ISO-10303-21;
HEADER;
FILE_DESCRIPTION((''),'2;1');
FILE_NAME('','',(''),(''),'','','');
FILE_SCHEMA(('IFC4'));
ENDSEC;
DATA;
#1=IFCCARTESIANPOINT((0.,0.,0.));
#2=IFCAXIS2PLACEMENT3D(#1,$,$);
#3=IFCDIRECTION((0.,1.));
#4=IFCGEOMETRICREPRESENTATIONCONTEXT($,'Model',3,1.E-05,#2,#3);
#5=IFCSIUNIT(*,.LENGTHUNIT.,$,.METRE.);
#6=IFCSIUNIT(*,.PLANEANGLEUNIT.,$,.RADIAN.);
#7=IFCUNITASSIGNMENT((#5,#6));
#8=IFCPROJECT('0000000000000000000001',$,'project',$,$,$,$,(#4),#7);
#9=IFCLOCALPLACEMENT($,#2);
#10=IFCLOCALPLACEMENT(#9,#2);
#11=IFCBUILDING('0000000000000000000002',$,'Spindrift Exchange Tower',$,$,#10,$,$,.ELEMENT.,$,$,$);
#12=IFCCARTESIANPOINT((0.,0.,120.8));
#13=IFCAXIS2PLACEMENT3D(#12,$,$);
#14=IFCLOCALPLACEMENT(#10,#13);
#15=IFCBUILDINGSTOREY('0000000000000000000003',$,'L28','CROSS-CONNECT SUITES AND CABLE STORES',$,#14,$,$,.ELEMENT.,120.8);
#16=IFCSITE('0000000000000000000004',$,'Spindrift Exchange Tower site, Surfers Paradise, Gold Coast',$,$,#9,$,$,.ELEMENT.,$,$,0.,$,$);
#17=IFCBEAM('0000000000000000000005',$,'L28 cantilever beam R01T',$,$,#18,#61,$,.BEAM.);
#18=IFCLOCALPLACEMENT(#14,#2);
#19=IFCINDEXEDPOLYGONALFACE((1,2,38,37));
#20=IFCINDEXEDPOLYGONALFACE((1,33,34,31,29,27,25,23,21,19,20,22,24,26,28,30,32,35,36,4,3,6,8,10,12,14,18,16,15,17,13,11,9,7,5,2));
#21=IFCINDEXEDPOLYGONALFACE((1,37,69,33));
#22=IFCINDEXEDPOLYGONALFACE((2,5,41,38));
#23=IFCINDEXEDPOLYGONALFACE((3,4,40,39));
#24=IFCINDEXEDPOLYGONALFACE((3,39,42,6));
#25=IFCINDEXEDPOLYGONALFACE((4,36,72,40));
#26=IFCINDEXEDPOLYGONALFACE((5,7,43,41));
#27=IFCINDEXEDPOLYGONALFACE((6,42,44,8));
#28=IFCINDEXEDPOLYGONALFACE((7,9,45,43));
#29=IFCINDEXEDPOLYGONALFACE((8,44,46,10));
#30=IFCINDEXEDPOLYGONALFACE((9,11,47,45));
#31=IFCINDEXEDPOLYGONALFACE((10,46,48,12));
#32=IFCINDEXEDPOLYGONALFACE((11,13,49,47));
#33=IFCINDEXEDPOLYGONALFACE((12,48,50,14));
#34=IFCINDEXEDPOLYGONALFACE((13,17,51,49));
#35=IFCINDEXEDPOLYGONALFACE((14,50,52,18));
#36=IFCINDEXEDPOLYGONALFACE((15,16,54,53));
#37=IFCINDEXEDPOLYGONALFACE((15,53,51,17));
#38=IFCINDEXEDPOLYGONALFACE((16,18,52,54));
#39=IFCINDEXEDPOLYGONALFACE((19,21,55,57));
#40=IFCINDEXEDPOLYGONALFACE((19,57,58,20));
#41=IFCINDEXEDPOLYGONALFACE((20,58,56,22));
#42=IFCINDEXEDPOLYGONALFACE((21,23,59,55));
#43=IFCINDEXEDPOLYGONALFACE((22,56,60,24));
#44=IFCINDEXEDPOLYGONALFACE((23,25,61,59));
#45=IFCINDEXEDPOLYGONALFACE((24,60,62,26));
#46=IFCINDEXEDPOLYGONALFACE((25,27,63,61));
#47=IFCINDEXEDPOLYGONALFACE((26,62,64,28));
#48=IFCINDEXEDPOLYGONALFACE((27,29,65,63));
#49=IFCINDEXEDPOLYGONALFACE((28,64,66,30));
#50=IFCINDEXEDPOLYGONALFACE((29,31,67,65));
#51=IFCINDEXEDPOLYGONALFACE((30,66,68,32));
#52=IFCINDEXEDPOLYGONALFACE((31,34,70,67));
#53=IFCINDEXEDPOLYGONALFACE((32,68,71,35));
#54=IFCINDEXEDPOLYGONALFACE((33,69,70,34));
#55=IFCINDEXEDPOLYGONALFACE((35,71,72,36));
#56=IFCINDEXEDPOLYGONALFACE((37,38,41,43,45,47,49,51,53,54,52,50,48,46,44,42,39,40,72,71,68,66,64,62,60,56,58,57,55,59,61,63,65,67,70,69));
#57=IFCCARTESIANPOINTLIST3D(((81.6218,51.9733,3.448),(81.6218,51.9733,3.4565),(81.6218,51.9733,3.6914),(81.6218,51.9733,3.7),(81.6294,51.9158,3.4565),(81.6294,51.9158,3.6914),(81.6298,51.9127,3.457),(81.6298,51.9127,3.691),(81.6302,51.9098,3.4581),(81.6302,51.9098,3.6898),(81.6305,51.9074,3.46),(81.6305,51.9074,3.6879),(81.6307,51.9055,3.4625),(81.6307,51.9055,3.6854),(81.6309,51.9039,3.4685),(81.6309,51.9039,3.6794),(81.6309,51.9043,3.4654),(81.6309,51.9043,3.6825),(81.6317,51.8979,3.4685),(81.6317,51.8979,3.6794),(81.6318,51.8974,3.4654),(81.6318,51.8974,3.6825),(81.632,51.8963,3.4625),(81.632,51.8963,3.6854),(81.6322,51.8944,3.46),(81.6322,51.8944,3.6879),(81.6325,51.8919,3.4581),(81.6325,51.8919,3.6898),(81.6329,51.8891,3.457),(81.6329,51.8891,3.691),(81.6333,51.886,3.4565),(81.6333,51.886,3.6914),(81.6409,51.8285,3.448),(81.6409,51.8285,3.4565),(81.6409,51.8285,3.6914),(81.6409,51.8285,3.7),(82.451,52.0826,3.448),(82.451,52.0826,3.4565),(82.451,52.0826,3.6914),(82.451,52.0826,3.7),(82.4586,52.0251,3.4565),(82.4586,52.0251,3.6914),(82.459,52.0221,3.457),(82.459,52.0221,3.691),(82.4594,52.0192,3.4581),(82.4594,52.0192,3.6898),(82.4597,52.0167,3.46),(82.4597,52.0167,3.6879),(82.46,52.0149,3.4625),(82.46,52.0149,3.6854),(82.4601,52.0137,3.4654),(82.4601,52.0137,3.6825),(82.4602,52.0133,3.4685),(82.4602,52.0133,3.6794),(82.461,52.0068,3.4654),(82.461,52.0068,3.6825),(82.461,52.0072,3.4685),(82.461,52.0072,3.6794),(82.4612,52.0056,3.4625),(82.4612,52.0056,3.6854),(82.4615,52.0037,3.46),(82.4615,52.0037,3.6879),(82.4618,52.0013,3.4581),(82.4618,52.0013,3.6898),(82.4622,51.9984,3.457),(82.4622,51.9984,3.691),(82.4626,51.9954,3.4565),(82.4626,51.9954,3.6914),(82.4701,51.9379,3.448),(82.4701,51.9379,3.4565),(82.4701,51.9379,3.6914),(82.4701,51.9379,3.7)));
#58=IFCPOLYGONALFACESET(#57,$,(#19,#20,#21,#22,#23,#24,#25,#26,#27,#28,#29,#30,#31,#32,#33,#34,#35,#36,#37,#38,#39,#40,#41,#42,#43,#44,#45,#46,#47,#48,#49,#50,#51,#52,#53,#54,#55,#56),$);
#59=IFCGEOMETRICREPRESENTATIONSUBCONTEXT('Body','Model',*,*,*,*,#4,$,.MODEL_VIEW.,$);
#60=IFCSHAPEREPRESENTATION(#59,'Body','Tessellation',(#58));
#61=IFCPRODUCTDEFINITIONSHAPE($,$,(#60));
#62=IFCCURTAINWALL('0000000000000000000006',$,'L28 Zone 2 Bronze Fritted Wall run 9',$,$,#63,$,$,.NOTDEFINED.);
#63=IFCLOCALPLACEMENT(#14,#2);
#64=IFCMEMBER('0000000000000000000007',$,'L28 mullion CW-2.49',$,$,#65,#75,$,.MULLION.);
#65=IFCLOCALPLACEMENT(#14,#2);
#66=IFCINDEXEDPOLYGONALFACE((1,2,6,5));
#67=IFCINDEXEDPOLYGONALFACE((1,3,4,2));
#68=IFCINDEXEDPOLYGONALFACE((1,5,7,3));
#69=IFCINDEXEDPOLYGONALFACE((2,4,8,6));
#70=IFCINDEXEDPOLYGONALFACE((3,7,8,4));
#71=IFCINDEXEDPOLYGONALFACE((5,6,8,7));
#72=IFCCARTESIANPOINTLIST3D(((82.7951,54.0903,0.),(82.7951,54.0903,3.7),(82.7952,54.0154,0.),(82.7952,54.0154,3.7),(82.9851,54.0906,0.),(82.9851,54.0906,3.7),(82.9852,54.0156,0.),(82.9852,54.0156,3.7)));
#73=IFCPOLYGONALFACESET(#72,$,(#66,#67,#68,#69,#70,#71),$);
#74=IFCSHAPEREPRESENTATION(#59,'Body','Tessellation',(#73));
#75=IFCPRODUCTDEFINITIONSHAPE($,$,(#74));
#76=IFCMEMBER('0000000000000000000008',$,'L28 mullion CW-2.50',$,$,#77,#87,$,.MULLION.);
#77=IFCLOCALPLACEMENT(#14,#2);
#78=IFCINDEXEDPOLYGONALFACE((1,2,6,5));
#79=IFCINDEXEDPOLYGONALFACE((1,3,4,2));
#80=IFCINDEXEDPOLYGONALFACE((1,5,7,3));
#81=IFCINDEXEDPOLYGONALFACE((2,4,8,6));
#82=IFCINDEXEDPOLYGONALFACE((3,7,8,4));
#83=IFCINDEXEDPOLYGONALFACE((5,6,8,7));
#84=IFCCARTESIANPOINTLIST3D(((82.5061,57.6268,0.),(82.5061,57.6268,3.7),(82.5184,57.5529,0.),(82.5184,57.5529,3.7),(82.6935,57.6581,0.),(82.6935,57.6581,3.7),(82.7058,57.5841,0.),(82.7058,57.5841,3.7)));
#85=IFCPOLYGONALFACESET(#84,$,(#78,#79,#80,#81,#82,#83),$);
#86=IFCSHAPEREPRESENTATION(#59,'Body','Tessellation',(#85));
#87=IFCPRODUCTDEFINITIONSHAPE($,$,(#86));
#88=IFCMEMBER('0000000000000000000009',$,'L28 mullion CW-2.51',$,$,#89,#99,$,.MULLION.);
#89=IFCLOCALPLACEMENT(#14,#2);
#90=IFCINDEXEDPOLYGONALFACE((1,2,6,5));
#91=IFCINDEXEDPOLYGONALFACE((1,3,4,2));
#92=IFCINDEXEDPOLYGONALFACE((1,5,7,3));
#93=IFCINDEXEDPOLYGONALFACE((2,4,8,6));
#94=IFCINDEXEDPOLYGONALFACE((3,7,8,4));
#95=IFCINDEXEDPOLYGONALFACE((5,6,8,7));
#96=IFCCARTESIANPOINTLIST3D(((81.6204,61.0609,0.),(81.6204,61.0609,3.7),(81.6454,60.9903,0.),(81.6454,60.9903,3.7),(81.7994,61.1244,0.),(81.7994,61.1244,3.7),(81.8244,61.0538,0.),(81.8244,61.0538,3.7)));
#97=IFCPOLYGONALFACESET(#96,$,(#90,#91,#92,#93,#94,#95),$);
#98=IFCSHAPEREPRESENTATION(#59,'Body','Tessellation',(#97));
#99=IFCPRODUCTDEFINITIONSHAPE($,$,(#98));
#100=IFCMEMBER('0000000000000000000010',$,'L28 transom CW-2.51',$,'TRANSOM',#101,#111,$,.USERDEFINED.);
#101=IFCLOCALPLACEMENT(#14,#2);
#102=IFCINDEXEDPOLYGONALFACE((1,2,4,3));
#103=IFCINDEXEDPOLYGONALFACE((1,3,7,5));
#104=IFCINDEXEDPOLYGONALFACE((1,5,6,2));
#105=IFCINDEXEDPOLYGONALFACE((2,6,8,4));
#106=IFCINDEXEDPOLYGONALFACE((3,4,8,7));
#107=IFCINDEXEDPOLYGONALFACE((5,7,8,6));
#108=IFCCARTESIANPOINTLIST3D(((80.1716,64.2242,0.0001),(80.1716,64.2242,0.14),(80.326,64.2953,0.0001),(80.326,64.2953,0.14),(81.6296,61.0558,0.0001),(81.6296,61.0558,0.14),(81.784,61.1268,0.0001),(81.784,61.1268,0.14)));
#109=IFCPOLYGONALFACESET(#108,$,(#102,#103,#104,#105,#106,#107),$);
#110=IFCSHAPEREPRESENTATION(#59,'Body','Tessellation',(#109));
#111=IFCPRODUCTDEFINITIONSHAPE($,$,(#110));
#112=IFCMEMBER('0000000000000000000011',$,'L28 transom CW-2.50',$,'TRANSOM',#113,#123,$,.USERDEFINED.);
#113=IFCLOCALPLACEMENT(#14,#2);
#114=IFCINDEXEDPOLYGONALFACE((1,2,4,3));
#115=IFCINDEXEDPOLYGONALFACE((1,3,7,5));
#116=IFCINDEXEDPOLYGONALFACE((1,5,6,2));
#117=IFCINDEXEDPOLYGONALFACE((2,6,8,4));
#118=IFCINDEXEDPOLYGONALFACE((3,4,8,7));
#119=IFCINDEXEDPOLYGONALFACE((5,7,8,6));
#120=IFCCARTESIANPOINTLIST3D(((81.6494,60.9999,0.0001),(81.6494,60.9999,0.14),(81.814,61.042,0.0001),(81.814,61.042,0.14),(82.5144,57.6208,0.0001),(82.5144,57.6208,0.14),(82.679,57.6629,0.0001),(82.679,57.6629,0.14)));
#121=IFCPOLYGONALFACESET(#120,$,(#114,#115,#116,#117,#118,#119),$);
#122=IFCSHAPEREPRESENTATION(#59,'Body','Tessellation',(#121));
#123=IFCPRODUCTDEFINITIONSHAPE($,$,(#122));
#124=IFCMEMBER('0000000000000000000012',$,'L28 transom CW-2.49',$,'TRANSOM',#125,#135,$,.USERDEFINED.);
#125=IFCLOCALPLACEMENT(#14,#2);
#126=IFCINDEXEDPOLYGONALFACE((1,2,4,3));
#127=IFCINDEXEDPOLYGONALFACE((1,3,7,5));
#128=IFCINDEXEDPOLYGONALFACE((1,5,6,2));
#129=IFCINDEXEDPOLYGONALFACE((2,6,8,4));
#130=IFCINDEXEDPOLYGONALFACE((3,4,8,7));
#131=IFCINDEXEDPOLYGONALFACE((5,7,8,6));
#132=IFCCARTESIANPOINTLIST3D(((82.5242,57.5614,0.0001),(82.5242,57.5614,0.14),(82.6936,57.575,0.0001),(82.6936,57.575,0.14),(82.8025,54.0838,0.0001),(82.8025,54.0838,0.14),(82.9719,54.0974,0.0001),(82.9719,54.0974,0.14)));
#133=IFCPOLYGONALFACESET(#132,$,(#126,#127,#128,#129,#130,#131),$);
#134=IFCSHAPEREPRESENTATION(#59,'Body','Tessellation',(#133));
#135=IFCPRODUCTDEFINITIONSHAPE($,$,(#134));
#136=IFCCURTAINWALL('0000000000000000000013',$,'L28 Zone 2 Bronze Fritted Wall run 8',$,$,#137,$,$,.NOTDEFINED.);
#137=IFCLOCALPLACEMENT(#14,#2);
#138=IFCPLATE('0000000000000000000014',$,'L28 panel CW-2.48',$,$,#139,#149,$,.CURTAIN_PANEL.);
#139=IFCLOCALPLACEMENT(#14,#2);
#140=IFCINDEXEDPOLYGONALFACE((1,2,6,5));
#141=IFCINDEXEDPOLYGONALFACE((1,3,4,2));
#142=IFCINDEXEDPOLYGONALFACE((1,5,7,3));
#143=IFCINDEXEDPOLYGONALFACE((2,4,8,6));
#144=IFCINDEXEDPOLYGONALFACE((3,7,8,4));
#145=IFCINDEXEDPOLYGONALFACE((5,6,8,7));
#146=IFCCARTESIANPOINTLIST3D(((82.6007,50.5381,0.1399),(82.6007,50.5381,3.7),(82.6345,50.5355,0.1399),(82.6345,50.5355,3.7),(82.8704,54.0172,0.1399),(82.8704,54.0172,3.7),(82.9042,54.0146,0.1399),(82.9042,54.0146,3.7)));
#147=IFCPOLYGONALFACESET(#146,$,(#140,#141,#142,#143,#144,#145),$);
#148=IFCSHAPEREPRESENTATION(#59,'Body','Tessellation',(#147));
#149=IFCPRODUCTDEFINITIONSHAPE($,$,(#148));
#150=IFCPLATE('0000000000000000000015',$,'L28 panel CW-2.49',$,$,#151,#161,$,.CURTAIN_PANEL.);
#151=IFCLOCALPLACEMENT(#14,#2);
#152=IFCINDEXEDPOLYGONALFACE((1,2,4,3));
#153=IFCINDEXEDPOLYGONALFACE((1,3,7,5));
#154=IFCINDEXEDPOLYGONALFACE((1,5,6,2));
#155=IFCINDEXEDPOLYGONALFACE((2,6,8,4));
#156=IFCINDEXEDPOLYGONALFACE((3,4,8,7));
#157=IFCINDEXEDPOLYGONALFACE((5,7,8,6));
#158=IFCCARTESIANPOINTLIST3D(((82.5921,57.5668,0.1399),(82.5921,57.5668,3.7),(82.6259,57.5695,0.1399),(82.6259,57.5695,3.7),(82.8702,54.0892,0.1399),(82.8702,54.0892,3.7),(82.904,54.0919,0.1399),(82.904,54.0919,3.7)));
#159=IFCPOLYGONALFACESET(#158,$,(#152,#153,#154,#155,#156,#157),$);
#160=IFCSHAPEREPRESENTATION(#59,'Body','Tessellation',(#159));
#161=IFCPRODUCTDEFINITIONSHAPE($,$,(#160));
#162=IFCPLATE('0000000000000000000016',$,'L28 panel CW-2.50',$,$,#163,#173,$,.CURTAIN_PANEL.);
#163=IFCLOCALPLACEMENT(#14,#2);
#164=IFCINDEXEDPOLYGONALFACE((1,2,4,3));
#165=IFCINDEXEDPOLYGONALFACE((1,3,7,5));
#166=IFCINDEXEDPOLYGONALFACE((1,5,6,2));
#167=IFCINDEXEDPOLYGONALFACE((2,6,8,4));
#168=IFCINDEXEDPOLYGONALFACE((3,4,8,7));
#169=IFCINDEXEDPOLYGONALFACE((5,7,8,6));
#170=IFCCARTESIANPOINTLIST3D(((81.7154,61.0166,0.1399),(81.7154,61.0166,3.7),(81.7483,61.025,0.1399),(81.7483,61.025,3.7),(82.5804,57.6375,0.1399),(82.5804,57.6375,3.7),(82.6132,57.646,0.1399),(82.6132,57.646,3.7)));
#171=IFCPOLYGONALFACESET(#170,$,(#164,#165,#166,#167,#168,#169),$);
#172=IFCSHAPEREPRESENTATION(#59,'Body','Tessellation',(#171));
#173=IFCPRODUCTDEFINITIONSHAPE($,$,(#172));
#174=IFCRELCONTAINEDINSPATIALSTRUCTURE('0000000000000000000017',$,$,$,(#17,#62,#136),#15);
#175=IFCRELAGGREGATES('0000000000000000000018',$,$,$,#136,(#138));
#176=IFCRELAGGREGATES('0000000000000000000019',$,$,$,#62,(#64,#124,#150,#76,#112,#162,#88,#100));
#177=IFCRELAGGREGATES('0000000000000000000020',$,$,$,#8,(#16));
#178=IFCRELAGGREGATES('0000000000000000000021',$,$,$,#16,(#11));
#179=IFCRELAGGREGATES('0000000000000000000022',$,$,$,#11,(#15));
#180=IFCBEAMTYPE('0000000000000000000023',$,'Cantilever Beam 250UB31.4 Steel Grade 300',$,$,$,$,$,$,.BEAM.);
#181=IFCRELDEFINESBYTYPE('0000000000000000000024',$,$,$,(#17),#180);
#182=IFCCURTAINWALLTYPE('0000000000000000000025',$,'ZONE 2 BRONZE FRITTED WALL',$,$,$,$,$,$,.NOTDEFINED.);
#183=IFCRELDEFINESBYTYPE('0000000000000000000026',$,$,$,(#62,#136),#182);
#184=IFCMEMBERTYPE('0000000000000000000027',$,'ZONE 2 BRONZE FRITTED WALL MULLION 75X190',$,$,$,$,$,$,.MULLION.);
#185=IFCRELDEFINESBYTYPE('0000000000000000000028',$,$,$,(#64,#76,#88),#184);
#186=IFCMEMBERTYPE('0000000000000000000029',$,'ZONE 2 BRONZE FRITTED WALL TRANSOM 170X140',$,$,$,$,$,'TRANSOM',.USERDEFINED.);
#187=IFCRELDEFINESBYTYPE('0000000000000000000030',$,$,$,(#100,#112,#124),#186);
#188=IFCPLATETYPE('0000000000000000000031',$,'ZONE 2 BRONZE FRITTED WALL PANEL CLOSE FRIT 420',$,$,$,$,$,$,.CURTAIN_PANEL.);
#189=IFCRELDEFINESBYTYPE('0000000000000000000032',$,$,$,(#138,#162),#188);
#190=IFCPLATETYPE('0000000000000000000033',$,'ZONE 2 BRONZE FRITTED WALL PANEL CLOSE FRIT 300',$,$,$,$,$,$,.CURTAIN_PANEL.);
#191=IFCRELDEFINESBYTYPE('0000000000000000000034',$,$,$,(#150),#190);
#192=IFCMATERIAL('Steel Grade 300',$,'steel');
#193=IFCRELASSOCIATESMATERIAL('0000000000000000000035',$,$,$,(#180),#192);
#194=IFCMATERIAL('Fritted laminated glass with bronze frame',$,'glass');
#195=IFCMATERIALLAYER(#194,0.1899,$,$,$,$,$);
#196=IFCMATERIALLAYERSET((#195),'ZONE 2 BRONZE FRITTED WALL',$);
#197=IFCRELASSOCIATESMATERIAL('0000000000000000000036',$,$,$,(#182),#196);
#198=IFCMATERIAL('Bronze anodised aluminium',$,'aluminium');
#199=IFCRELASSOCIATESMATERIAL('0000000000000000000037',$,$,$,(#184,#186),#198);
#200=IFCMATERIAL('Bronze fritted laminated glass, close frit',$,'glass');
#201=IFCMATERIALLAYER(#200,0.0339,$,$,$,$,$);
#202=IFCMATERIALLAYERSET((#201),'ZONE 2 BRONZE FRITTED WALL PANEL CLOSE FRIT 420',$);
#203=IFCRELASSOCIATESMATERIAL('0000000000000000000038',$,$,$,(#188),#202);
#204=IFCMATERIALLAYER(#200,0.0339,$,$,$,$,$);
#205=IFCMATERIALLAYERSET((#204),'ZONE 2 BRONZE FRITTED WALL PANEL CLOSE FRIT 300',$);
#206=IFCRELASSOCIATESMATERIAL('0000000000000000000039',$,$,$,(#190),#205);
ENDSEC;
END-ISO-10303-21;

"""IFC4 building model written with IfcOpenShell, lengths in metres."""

from ifc_helpers import new_model, si_unit, direction, frame, origin, origin_2d, place, context, subcontext, project, spatial, rectangle, i_section, extrude, source, transform, mapped, material, layer, layer_set, material_profile, profile_set, type_object, element, aggregate, save


model = new_model("IFC4")

# Units and contexts
model_context = context("Model", 3, precision=1e-05, world=origin(), true_north=direction((0.0, 1.0)))
body_context = subcontext(model_context, "Body", "Model", "MODEL_VIEW")
ifc_project = project(units=[si_unit("LENGTHUNIT", "METRE"), si_unit("PLANEANGLEUNIT", "RADIAN")], contexts=[model_context])

# Site, building, storey
site_placement = place(None, origin())
site = spatial("IfcSite", under=ifc_project, at=site_placement, Name="Spindrift Exchange Tower site, Surfers Paradise, Gold Coast", CompositionType="ELEMENT", RefElevation=0.0)
building_placement = place(site_placement, origin())
building = spatial("IfcBuilding", under=site, at=building_placement, Name="Spindrift Exchange Tower", CompositionType="ELEMENT")
storey_placement = place(building_placement, frame((0.0, 0.0, 120.8)))
storey = spatial("IfcBuildingStorey", under=building, at=storey_placement, Name="L28", Description="CROSS-CONNECT SUITES AND CABLE STORES", CompositionType="ELEMENT", Elevation=120.8)

# Beam
ifc_material_1 = material(Name="Steel Grade 300", Category="steel")
ifc_material_profile_1 = material_profile(ifc_material_1, i_section(OverallWidth=0.146, OverallDepth=0.252, WebThickness=0.0061, FlangeThickness=0.0085, FilletRadius=0.012, at=origin_2d()), Name="250UB31.4")
ifc_profile_set_1 = profile_set([ifc_material_profile_1], Name="Steel Grade 300")
beam_type_1 = type_object("IfcBeamType", Name="Cantilever Beam 250UB31.4 Steel Grade 300", PredefinedType="BEAM", material=ifc_profile_set_1)
shared_shape_1 = source(origin(), body_context, "Body", "SweptSolid", [
    extrude(i_section(OverallWidth=0.146, OverallDepth=0.252, WebThickness=0.0061, FlangeThickness=0.0085, FilletRadius=0.012, at=origin_2d()), origin(), (0.0, 0.0, 1.0), 0.8364),
])
beam_1_placement = place(storey_placement, frame((81.6313, 51.9009, 3.574), z_axis=(0.991416, 0.130749, 0.0), x_axis=(-0.130749, 0.991416, 0.0)))
element("IfcBeam", 1, at=beam_1_placement, inside=storey, type_object=beam_type_1, Name="L28 cantilever beam R01T", PredefinedType="BEAM", context=body_context, shape_type="MappedRepresentation", body=[
    mapped(shared_shape_1, transform((0.0, 0.0, 0.0), scale=1.0)),
])

# Curtain wall, members
ifc_material_2 = material(Name="Fritted laminated glass with bronze frame", Category="glass")
ifc_layer_1 = layer(ifc_material_2, 0.1899)
ifc_layer_set_1 = layer_set([ifc_layer_1], Name="ZONE 2 BRONZE FRITTED WALL")
curtain_wall_type = type_object("IfcCurtainWallType", Name="ZONE 2 BRONZE FRITTED WALL", PredefinedType="NOTDEFINED", material=ifc_layer_set_1)
curtain_wall_1_placement = place(storey_placement, origin())
curtain_wall_1 = element("IfcCurtainWall", 2, at=curtain_wall_1_placement, inside=storey, type_object=curtain_wall_type, Name="L28 Zone 2 Bronze Fritted Wall run 9", PredefinedType="NOTDEFINED")
ifc_material_3 = material(Name="Bronze anodised aluminium", Category="aluminium")
ifc_material_profile_2 = material_profile(ifc_material_3, rectangle(XDim=0.075, YDim=0.1899, at=origin_2d()), Name="ZONE 2 BRONZE FRITTED WALL MULLION 75X190")
ifc_profile_set_2 = profile_set([ifc_material_profile_2], Name="Bronze anodised aluminium")
member_type_1 = type_object("IfcMemberType", Name="ZONE 2 BRONZE FRITTED WALL MULLION 75X190", PredefinedType="MULLION", material=ifc_profile_set_2)
shared_shape_2 = source(origin(), body_context, "Body", "SweptSolid", [
    extrude(rectangle(XDim=0.075, YDim=0.1899, at=origin_2d()), origin(), (0.0, 0.0, 1.0), 3.7),
])
member_1_placement = place(storey_placement, frame((82.8901, 54.053, 0.0), z_axis=(0.0, 0.0, 1.0), x_axis=(-0.001217, 0.999999, 0.0)))
member_1 = element("IfcMember", 3, at=member_1_placement, type_object=member_type_1, Name="L28 mullion CW-2.49", PredefinedType="MULLION", context=body_context, shape_type="MappedRepresentation", body=[
    mapped(shared_shape_2, transform((0.0, 0.0, 0.0), scale=1.0)),
])
member_2_placement = place(storey_placement, frame((82.606, 57.6055, 0.0), z_axis=(0.0, 0.0, 1.0), x_axis=(-0.164452, 0.986385, 0.0)))
member_2 = element("IfcMember", 4, at=member_2_placement, type_object=member_type_1, Name="L28 mullion CW-2.50", PredefinedType="MULLION", context=body_context, shape_type="MappedRepresentation", body=[
    mapped(shared_shape_2, transform((0.0, 0.0, 0.0), scale=1.0)),
])
member_3_placement = place(storey_placement, frame((81.7224, 61.0574, 0.0), z_axis=(0.0, 0.0, 1.0), x_axis=(-0.334368, 0.942442, 0.0)))
member_3 = element("IfcMember", 5, at=member_3_placement, type_object=member_type_1, Name="L28 mullion CW-2.51", PredefinedType="MULLION", context=body_context, shape_type="MappedRepresentation", body=[
    mapped(shared_shape_2, transform((0.0, 0.0, 0.0), scale=1.0)),
])
ifc_material_profile_3 = material_profile(ifc_material_3, rectangle(XDim=0.1699, YDim=0.1399, at=origin_2d()), Name="ZONE 2 BRONZE FRITTED WALL TRANSOM 170X140")
ifc_profile_set_3 = profile_set([ifc_material_profile_3], Name="Bronze anodised aluminium")
member_type_2 = type_object("IfcMemberType", Name="ZONE 2 BRONZE FRITTED WALL TRANSOM 170X140", ElementType="TRANSOM", PredefinedType="USERDEFINED", material=ifc_profile_set_3)
shared_shape_3 = source(origin(), body_context, "Body", "SweptSolid", [
    extrude(rectangle(XDim=0.1699, YDim=0.1399, at=origin_2d()), origin(), (0.0, 0.0, 1.0), 3.4878),
])
member_4_placement = place(storey_placement, frame((81.7068, 61.0913, 0.0701), z_axis=(-0.418028, 0.908434, 0.0), x_axis=(-0.908434, -0.418028, 0.0)))
member_4 = element("IfcMember", 6, at=member_4_placement, type_object=member_type_2, Name="L28 transom CW-2.51", ObjectType="TRANSOM", PredefinedType="USERDEFINED", context=body_context, shape_type="MappedRepresentation", body=[
    mapped(shared_shape_3, transform((0.0, 0.0, 0.0), scale=1.0)),
])
shared_shape_4 = source(origin(), body_context, "Body", "SweptSolid", [
    extrude(rectangle(XDim=0.1699, YDim=0.1399, at=origin_2d()), origin(), (0.0, 0.0, 1.0), 3.488),
])
member_5_placement = place(storey_placement, frame((82.5967, 57.6418, 0.0701), z_axis=(-0.247983, 0.968764, 0.0), x_axis=(-0.968764, -0.247983, 0.0)))
member_5 = element("IfcMember", 7, at=member_5_placement, type_object=member_type_2, Name="L28 transom CW-2.50", ObjectType="TRANSOM", PredefinedType="USERDEFINED", context=body_context, shape_type="MappedRepresentation", body=[
    mapped(shared_shape_4, transform((0.0, 0.0, 0.0), scale=1.0)),
])
shared_shape_5 = source(origin(), body_context, "Body", "SweptSolid", [
    extrude(rectangle(XDim=0.1699, YDim=0.1399, at=origin_2d()), origin(), (0.0, 0.0, 1.0), 3.4888),
])
member_6_placement = place(storey_placement, frame((82.8872, 54.0906, 0.0701), z_axis=(-0.079779, 0.996813, 0.0), x_axis=(-0.996813, -0.079779, 0.0)))
member_6 = element("IfcMember", 8, at=member_6_placement, type_object=member_type_2, Name="L28 transom CW-2.49", ObjectType="TRANSOM", PredefinedType="USERDEFINED", context=body_context, shape_type="MappedRepresentation", body=[
    mapped(shared_shape_5, transform((0.0, 0.0, 0.0), scale=1.0)),
])

# Curtain wall, plate
curtain_wall_2_placement = place(storey_placement, origin())
curtain_wall_2 = element("IfcCurtainWall", 9, at=curtain_wall_2_placement, inside=storey, type_object=curtain_wall_type, Name="L28 Zone 2 Bronze Fritted Wall run 8", PredefinedType="NOTDEFINED")
ifc_material_4 = material(Name="Bronze fritted laminated glass, close frit", Category="glass")
ifc_layer_2 = layer(ifc_material_4, 0.0339)
ifc_layer_set_2 = layer_set([ifc_layer_2], Name="ZONE 2 BRONZE FRITTED WALL PANEL CLOSE FRIT 420")
plate_type_1 = type_object("IfcPlateType", Name="ZONE 2 BRONZE FRITTED WALL PANEL CLOSE FRIT 420", PredefinedType="CURTAIN_PANEL", material=ifc_layer_set_2)
shared_shape_6 = source(origin(), body_context, "Body", "SweptSolid", [
    extrude(rectangle(XDim=3.4895, YDim=0.0339, at=origin_2d()), origin(), (0.0, 0.0, 1.0), 3.5601),
])
plate_1_placement = place(storey_placement, frame((82.7524, 52.2764, 0.1399), z_axis=(0.0, 0.0, 1.0), x_axis=(0.077293, 0.997008, 0.0)))
plate_1 = element("IfcPlate", 10, at=plate_1_placement, type_object=plate_type_1, Name="L28 panel CW-2.48", PredefinedType="CURTAIN_PANEL", context=body_context, shape_type="MappedRepresentation", body=[
    mapped(shared_shape_6, transform((0.0, 0.0, 0.0), scale=1.0)),
])
aggregate(curtain_wall_2, [plate_1])

# Plates
ifc_layer_3 = layer(ifc_material_4, 0.0339)
ifc_layer_set_3 = layer_set([ifc_layer_3], Name="ZONE 2 BRONZE FRITTED WALL PANEL CLOSE FRIT 300")
plate_type_2 = type_object("IfcPlateType", Name="ZONE 2 BRONZE FRITTED WALL PANEL CLOSE FRIT 300", PredefinedType="CURTAIN_PANEL", material=ifc_layer_set_3)
shared_shape_7 = source(origin(), body_context, "Body", "SweptSolid", [
    extrude(rectangle(XDim=3.4888, YDim=0.0339, at=origin_2d()), origin(), (0.0, 0.0, 1.0), 3.5601),
])
plate_2_placement = place(storey_placement, frame((82.748, 55.8293, 0.1399), z_axis=(0.0, 0.0, 1.0), x_axis=(-0.079719, 0.996817, 0.0)))
plate_2 = element("IfcPlate", 11, at=plate_2_placement, type_object=plate_type_2, Name="L28 panel CW-2.49", PredefinedType="CURTAIN_PANEL", context=body_context, shape_type="MappedRepresentation", body=[
    mapped(shared_shape_7, transform((0.0, 0.0, 0.0), scale=1.0)),
])
shared_shape_8 = source(origin(), body_context, "Body", "SweptSolid", [
    extrude(rectangle(XDim=3.488, YDim=0.0339, at=origin_2d()), origin(), (0.0, 0.0, 1.0), 3.5601),
])
plate_3_placement = place(storey_placement, frame((82.1643, 59.3313, 0.1399), z_axis=(0.0, 0.0, 1.0), x_axis=(-0.247987, 0.968763, 0.0)))
plate_3 = element("IfcPlate", 12, at=plate_3_placement, type_object=plate_type_1, Name="L28 panel CW-2.50", PredefinedType="CURTAIN_PANEL", context=body_context, shape_type="MappedRepresentation", body=[
    mapped(shared_shape_8, transform((0.0, 0.0, 0.0), scale=1.0)),
])
aggregate(curtain_wall_1, [member_1, member_6, plate_2, member_2, member_5, plate_3, member_3, member_4])

save(model, "model.ifc")
